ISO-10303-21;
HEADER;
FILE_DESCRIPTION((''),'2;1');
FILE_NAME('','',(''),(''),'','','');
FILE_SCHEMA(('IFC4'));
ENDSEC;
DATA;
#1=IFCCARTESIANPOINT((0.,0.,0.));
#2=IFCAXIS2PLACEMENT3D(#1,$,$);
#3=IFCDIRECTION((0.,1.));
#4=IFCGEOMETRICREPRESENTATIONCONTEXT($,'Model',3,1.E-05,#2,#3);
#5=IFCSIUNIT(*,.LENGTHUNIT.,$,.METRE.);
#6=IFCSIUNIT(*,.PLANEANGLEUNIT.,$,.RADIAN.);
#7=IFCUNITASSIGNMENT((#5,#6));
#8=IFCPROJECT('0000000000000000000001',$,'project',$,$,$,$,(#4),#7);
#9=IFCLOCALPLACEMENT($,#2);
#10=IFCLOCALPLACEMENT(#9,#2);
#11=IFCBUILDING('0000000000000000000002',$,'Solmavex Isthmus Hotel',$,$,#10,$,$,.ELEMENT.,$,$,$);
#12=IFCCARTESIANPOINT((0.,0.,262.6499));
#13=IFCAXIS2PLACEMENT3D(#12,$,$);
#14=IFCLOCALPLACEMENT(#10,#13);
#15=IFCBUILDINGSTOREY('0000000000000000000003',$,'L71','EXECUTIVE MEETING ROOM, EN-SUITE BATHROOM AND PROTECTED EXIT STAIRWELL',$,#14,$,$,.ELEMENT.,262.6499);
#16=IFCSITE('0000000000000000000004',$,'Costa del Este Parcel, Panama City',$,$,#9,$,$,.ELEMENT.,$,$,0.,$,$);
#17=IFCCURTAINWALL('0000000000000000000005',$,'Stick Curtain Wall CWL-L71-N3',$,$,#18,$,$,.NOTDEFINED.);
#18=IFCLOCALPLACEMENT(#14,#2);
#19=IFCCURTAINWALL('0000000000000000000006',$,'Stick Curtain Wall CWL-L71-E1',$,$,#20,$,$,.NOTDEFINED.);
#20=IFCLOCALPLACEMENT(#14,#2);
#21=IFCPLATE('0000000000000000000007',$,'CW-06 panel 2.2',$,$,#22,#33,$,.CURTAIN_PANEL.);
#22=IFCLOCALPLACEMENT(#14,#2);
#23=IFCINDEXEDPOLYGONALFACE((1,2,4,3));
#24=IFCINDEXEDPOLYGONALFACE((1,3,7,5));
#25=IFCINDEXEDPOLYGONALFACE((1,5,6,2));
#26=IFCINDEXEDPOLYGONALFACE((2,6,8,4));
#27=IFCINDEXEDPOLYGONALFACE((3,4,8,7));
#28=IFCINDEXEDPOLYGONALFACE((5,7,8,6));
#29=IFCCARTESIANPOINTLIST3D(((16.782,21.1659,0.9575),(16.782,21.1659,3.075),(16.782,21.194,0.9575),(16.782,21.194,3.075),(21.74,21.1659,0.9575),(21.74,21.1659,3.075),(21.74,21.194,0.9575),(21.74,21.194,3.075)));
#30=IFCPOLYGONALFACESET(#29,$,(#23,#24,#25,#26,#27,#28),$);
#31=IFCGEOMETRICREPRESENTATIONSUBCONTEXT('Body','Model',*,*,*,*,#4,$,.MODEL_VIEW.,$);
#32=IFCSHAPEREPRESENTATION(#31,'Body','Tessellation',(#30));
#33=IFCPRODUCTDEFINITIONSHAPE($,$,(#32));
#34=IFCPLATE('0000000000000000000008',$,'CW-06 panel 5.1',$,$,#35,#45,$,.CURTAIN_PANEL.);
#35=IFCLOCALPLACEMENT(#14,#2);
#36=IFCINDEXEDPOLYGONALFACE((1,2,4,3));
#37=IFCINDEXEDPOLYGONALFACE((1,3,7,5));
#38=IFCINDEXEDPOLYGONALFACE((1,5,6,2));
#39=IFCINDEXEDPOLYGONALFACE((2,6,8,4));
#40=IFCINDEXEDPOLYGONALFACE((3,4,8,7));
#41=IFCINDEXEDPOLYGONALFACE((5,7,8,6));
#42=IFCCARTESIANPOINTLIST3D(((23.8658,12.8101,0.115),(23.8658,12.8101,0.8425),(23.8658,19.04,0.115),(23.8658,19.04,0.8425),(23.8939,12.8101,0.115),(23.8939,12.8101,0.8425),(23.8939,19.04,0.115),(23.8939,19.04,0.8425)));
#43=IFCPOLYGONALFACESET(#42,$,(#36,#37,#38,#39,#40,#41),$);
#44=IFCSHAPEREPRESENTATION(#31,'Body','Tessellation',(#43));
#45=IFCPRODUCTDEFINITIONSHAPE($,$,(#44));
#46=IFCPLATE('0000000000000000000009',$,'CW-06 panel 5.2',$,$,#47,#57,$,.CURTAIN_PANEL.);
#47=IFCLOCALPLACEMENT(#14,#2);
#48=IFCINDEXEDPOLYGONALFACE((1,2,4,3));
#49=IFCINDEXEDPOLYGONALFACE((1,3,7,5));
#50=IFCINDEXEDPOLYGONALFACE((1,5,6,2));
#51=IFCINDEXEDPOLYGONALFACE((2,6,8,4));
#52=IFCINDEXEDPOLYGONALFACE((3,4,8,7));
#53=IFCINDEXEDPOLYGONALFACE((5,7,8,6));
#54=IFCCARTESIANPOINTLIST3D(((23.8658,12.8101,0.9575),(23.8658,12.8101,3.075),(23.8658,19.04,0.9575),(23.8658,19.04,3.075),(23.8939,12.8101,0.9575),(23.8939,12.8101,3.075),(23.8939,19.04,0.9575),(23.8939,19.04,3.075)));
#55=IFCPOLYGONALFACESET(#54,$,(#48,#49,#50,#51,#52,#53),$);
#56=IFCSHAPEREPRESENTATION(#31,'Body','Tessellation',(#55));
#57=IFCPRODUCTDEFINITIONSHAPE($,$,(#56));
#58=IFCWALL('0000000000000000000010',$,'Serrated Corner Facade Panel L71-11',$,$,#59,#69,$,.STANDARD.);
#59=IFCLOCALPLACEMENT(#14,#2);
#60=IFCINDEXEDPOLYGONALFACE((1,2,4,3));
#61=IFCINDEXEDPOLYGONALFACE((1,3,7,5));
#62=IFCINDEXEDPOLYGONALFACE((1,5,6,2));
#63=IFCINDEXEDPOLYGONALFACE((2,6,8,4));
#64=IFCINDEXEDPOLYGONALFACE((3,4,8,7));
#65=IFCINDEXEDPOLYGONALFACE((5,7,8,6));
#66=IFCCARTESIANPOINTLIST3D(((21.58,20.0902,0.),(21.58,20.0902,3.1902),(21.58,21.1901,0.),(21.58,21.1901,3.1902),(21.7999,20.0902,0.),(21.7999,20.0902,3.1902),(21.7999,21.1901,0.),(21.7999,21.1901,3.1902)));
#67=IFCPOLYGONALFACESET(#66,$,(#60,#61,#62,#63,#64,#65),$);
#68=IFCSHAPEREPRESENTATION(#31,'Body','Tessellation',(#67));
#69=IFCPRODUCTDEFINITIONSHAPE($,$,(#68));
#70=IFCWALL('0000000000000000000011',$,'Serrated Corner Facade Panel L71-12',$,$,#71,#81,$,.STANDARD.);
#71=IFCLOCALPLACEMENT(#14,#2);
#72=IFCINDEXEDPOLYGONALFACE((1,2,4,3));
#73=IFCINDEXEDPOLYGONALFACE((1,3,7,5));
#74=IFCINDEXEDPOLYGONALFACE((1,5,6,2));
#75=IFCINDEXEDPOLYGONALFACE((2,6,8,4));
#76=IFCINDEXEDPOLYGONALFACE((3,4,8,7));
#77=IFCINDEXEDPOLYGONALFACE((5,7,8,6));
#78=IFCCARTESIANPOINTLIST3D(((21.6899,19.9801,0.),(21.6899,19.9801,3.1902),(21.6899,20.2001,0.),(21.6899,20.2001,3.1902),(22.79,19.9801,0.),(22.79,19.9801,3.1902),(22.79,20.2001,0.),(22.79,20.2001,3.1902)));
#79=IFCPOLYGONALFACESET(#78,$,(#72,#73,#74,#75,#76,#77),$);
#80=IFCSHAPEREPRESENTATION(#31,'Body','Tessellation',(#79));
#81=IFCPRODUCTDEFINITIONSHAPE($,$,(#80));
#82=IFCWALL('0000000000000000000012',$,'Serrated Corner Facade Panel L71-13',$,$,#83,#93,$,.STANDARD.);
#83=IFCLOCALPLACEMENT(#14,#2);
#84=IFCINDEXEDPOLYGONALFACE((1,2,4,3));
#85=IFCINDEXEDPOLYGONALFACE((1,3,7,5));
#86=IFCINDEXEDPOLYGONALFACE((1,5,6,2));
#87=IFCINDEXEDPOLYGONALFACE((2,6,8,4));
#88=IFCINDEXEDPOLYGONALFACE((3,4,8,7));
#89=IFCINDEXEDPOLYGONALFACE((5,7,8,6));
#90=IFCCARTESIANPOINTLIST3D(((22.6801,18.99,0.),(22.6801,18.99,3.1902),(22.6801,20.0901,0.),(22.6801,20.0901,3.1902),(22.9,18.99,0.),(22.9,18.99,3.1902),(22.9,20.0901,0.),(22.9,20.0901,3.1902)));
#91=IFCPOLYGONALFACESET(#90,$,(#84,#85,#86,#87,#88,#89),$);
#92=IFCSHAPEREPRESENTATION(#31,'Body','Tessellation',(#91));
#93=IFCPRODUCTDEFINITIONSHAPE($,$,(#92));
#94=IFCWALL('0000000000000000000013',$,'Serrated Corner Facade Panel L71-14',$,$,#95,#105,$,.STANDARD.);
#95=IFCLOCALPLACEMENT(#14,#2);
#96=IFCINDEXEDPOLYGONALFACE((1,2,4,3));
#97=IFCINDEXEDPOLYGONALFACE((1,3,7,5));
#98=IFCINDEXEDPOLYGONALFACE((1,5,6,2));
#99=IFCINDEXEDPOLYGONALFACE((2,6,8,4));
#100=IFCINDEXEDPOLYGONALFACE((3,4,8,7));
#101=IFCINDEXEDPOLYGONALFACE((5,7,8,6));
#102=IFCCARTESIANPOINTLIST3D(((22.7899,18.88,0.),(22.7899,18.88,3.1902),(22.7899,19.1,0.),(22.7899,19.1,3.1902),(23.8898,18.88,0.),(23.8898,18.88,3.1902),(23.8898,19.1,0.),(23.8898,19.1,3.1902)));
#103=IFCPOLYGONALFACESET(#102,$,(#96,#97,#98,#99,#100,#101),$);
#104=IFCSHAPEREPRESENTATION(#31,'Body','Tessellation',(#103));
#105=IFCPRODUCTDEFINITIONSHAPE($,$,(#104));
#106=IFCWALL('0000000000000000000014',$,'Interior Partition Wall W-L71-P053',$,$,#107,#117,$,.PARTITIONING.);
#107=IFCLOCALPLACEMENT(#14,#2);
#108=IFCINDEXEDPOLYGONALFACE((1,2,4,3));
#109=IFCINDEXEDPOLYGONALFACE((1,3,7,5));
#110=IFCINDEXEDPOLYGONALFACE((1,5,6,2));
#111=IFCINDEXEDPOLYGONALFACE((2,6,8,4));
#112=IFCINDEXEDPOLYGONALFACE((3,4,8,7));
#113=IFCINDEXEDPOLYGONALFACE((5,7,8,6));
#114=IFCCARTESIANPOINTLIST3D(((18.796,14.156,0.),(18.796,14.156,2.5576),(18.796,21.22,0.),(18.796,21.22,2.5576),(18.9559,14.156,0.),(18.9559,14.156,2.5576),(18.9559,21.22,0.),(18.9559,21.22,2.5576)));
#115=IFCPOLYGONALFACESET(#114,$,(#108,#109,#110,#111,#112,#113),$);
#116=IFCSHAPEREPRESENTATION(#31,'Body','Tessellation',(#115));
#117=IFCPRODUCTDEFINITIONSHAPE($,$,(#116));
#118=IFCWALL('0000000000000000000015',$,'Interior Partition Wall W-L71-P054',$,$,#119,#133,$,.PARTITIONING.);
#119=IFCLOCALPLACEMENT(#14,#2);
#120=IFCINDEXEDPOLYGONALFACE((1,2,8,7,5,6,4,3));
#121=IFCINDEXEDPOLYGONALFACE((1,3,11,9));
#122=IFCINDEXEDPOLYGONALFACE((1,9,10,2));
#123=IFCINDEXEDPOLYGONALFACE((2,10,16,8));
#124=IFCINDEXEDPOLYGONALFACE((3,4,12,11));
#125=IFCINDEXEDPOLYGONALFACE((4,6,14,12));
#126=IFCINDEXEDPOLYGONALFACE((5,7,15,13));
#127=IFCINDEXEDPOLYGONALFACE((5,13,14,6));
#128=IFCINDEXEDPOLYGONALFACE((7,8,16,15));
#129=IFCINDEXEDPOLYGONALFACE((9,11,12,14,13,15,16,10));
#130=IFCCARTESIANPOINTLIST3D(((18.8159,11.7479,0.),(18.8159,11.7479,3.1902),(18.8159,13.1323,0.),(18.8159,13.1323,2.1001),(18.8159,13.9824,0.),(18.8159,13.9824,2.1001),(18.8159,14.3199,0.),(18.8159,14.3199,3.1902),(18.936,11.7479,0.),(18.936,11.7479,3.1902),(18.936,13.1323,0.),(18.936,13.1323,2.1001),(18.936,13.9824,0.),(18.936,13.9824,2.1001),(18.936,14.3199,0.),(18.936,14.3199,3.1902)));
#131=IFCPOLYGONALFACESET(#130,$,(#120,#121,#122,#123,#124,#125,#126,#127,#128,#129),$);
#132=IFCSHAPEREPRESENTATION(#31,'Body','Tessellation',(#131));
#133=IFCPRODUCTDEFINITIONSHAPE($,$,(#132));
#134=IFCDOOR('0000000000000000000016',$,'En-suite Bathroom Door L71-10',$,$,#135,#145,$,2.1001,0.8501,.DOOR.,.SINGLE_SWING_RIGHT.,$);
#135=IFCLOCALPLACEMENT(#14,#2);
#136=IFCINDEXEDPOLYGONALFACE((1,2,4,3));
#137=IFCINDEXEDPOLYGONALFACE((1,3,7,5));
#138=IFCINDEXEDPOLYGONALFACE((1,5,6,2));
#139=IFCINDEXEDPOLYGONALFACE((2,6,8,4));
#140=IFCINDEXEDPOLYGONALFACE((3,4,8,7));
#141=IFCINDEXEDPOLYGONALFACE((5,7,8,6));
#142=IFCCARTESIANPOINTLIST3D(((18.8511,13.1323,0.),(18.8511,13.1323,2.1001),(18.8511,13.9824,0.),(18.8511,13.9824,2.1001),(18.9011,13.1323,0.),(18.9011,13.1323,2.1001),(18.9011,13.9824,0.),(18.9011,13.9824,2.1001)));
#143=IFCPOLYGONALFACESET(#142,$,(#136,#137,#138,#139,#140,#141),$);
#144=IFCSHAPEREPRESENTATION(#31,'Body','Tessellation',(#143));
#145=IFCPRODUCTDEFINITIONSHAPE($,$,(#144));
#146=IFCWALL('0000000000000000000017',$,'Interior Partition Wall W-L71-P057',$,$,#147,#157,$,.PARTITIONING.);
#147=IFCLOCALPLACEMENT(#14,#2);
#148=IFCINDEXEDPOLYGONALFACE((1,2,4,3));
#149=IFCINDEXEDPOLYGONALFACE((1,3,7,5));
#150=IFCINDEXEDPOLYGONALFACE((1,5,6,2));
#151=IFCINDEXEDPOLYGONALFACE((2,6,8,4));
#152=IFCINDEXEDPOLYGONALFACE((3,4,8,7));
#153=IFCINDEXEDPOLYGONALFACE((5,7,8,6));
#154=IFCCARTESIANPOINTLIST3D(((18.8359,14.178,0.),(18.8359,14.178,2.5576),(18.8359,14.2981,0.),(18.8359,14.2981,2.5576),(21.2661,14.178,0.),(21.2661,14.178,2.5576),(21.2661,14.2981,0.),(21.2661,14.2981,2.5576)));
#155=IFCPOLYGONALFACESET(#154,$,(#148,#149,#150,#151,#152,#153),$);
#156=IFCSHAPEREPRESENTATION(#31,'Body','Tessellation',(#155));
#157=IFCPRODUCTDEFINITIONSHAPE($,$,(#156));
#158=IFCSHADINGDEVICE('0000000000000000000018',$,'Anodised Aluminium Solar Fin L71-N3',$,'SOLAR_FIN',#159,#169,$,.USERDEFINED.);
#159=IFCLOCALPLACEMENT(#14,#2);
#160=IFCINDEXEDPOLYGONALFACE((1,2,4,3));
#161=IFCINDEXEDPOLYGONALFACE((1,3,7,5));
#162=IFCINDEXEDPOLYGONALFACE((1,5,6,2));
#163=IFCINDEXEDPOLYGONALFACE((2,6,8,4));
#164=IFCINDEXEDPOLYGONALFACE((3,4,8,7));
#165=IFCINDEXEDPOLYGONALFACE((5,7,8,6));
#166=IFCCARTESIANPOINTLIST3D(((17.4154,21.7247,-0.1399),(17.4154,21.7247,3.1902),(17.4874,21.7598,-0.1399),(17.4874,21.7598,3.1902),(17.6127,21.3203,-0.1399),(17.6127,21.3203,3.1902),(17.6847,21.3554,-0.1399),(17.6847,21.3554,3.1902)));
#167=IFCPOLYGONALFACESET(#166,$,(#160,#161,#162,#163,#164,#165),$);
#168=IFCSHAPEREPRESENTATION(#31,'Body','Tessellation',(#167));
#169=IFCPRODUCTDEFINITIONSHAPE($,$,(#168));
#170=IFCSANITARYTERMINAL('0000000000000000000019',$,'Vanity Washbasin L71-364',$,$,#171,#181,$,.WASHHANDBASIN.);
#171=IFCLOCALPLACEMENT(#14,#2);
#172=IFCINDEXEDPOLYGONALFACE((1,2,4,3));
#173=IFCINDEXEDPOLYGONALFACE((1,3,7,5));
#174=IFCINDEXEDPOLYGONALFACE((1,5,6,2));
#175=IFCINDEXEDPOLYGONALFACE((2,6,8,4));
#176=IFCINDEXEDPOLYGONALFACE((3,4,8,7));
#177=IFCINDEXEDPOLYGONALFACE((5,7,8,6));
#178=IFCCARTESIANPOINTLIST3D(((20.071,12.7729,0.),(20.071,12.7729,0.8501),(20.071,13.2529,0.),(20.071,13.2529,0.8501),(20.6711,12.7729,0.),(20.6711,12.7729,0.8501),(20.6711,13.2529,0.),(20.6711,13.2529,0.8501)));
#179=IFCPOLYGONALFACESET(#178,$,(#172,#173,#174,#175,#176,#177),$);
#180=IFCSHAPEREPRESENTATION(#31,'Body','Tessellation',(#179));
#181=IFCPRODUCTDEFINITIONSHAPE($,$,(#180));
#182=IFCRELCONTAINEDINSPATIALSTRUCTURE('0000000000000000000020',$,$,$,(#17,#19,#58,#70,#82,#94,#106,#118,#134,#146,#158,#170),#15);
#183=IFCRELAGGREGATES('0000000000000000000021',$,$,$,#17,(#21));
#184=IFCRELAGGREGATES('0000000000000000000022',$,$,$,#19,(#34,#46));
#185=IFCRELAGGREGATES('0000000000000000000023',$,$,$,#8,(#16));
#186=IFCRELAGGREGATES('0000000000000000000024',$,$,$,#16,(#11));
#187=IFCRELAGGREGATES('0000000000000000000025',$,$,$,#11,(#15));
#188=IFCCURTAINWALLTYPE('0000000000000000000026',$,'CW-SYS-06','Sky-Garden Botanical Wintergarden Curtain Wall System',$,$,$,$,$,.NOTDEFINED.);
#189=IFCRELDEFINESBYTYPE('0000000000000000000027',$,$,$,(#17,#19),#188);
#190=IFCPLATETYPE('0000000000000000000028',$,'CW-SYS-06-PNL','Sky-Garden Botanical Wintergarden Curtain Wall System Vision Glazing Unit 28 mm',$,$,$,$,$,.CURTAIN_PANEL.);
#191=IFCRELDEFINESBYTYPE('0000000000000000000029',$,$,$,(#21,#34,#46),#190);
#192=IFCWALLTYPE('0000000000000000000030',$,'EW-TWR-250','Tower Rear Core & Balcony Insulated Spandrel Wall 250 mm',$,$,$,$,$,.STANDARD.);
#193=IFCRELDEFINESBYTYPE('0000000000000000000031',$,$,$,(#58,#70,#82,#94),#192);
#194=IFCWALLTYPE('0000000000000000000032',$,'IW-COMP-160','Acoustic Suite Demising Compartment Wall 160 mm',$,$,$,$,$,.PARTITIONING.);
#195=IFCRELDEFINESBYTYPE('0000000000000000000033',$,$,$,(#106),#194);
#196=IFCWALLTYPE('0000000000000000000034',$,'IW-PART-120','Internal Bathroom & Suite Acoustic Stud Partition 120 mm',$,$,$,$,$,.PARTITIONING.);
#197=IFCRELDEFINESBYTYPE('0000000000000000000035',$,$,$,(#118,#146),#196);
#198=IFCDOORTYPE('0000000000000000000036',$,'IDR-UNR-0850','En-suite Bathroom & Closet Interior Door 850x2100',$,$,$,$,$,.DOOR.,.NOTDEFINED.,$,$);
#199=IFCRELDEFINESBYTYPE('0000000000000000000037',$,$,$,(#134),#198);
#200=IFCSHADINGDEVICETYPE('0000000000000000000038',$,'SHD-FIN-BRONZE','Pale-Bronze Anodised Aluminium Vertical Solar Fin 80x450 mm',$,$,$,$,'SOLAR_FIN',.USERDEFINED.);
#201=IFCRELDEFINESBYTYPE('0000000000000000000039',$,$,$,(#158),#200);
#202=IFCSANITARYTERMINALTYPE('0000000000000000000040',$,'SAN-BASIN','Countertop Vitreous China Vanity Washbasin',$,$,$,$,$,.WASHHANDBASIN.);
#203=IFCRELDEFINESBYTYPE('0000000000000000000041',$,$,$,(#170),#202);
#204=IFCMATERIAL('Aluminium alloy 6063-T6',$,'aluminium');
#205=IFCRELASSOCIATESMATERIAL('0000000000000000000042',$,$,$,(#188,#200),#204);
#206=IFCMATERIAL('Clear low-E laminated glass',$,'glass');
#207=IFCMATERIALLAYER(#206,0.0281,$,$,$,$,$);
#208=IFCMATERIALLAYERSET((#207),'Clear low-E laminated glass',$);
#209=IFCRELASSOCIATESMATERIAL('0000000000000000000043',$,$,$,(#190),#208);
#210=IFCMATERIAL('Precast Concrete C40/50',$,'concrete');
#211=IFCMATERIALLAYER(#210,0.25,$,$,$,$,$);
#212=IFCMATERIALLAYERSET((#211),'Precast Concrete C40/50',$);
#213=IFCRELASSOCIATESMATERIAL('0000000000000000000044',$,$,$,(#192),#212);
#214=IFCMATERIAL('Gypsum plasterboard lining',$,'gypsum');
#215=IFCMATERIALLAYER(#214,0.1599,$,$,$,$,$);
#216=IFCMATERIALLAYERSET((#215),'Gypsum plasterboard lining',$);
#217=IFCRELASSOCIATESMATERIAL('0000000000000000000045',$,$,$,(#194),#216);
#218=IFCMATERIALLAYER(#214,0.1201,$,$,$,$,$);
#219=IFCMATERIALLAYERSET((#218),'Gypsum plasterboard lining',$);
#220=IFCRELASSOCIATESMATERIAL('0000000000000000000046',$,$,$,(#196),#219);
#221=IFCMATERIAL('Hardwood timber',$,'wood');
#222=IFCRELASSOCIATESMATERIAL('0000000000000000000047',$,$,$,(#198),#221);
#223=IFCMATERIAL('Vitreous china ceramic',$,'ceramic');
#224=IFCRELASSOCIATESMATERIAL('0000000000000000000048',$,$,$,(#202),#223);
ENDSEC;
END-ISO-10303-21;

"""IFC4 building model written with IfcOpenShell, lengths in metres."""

from ifc_helpers import new_model, si_unit, direction, frame, frame_2d, origin, origin_2d, place, context, subcontext, project, spatial, rectangle, extrude, material, layer, layer_set, type_object, element, fill, aggregate, save


model = new_model("IFC4")

# Units and contexts
model_context = context("Model", 3, precision=1e-05, world=origin(), true_north=direction((0.0, 1.0)))
body_context = subcontext(model_context, "Body", "Model", "MODEL_VIEW")
ifc_project = project(units=[si_unit("LENGTHUNIT", "METRE"), si_unit("PLANEANGLEUNIT", "RADIAN")], contexts=[model_context])

# Site, building, storey
site_placement = place(None, origin())
site = spatial("IfcSite", under=ifc_project, at=site_placement, Name="Costa del Este Parcel, Panama City", CompositionType="ELEMENT", RefElevation=0.0)
building_placement = place(site_placement, origin())
building = spatial("IfcBuilding", under=site, at=building_placement, Name="Solmavex Isthmus Hotel", CompositionType="ELEMENT")
storey_placement = place(building_placement, frame((0.0, 0.0, 262.6499)))
storey = spatial("IfcBuildingStorey", under=building, at=storey_placement, Name="L71", Description="EXECUTIVE MEETING ROOM, EN-SUITE BATHROOM AND PROTECTED EXIT STAIRWELL", CompositionType="ELEMENT", Elevation=262.6499)

# Curtain wall
ifc_material_1 = material(Name="Aluminium alloy 6063-T6", Category="aluminium")
curtain_wall_type = type_object("IfcCurtainWallType", Name="CW-SYS-06", Description="Sky-Garden Botanical Wintergarden Curtain Wall System", PredefinedType="NOTDEFINED", material=ifc_material_1)
curtain_wall_1_placement = place(storey_placement, origin())
curtain_wall_1 = element("IfcCurtainWall", 1, at=curtain_wall_1_placement, inside=storey, type_object=curtain_wall_type, Name="Stick Curtain Wall CWL-L71-N3", PredefinedType="NOTDEFINED")

# Curtain wall
curtain_wall_2_placement = place(storey_placement, origin())
curtain_wall_2 = element("IfcCurtainWall", 2, at=curtain_wall_2_placement, inside=storey, type_object=curtain_wall_type, Name="Stick Curtain Wall CWL-L71-E1", PredefinedType="NOTDEFINED")

# Plates
ifc_material_2 = material(Name="Clear low-E laminated glass", Category="glass")
ifc_layer_1 = layer(ifc_material_2, 0.0281)
ifc_layer_set_1 = layer_set([ifc_layer_1], Name="Clear low-E laminated glass")
plate_type = type_object("IfcPlateType", Name="CW-SYS-06-PNL", Description="Sky-Garden Botanical Wintergarden Curtain Wall System Vision Glazing Unit 28 mm", PredefinedType="CURTAIN_PANEL", material=ifc_layer_set_1)
plate_1_placement = place(storey_placement, frame((19.261, 21.1799, 0.9575), z_axis=(0.0, 0.0, 1.0), x_axis=(1.0, 0.0, 0.0)))
plate_1 = element("IfcPlate", 3, at=plate_1_placement, type_object=plate_type, Name="CW-06 panel 2.2", PredefinedType="CURTAIN_PANEL", context=body_context, shape_type="SweptSolid", body=[
    extrude(rectangle(XDim=4.958, YDim=0.0281, at=origin_2d()), origin(), (0.0, 0.0, 1.0), 2.1174),
])
aggregate(curtain_wall_1, [plate_1])
plate_2_placement = place(storey_placement, frame((23.8799, 15.925, 0.115), z_axis=(0.0, 0.0, 1.0), x_axis=(0.0, 1.0, 0.0)))
plate_2 = element("IfcPlate", 4, at=plate_2_placement, type_object=plate_type, Name="CW-06 panel 5.1", PredefinedType="CURTAIN_PANEL", context=body_context, shape_type="SweptSolid", body=[
    extrude(rectangle(XDim=6.23, YDim=0.0281, at=origin_2d()), origin(), (0.0, 0.0, 1.0), 0.7275),
])
plate_3_placement = place(storey_placement, frame((23.8799, 15.925, 0.9575), z_axis=(0.0, 0.0, 1.0), x_axis=(0.0, 1.0, 0.0)))
plate_3 = element("IfcPlate", 5, at=plate_3_placement, type_object=plate_type, Name="CW-06 panel 5.2", PredefinedType="CURTAIN_PANEL", context=body_context, shape_type="SweptSolid", body=[
    extrude(rectangle(XDim=6.23, YDim=0.0281, at=origin_2d()), origin(), (0.0, 0.0, 1.0), 2.1174),
])
aggregate(curtain_wall_2, [plate_2, plate_3])

# Walls
ifc_material_3 = material(Name="Precast Concrete C40/50", Category="concrete")
ifc_layer_2 = layer(ifc_material_3, 0.25)
ifc_layer_set_2 = layer_set([ifc_layer_2], Name="Precast Concrete C40/50")
wall_type_1 = type_object("IfcWallType", Name="EW-TWR-250", Description="Tower Rear Core & Balcony Insulated Spandrel Wall 250 mm", PredefinedType="STANDARD", material=ifc_layer_set_2)
wall_1_placement = place(storey_placement, frame((21.6899, 21.1899, 0.0), z_axis=(0.0, 0.0, 1.0), x_axis=(0.0, -1.0, 0.0)))
element("IfcWall", 6, at=wall_1_placement, inside=storey, type_object=wall_type_1, Name="Serrated Corner Facade Panel L71-11", PredefinedType="STANDARD", context=body_context, shape_type="SweptSolid", body=[
    extrude(rectangle(XDim=1.0999, YDim=0.22, at=frame_2d((0.5498, 0.0))), origin(), (0.0, 0.0, 1.0), 3.1902),
])
for number, where, z_axis, x_axis, name in (
    (7, (21.6899, 20.0901, 0.0), (0.0, 0.0, 1.0), (1.0, 0.0, 0.0), "Serrated Corner Facade Panel L71-12"),
    (8, (22.79, 20.0901, 0.0), (0.0, 0.0, 1.0), (0.0, -1.0, 0.0), "Serrated Corner Facade Panel L71-13"),
):
    element("IfcWall", number, at=place(storey_placement, frame(where, z_axis=z_axis, x_axis=x_axis)), inside=storey, type_object=wall_type_1, Name=name, PredefinedType="STANDARD", context=body_context, shape_type="SweptSolid", body=[
        extrude(rectangle(XDim=1.1001, YDim=0.22, at=frame_2d((0.55, 0.0))), origin(), (0.0, 0.0, 1.0), 3.1902),
    ])
wall_2_placement = place(storey_placement, frame((22.79, 18.99, 0.0), z_axis=(0.0, 0.0, 1.0), x_axis=(1.0, 0.0, 0.0)))
element("IfcWall", 9, at=wall_2_placement, inside=storey, type_object=wall_type_1, Name="Serrated Corner Facade Panel L71-14", PredefinedType="STANDARD", context=body_context, shape_type="SweptSolid", body=[
    extrude(rectangle(XDim=1.0999, YDim=0.22, at=frame_2d((0.5498, 0.0))), origin(), (0.0, 0.0, 1.0), 3.1902),
])
ifc_material_4 = material(Name="Gypsum plasterboard lining", Category="gypsum")
ifc_layer_3 = layer(ifc_material_4, 0.1599)
ifc_layer_set_3 = layer_set([ifc_layer_3], Name="Gypsum plasterboard lining")
wall_type_2 = type_object("IfcWallType", Name="IW-COMP-160", Description="Acoustic Suite Demising Compartment Wall 160 mm", PredefinedType="PARTITIONING", material=ifc_layer_set_3)
wall_3_placement = place(storey_placement, frame((18.876, 21.22, 0.0), z_axis=(0.0, 0.0, 1.0), x_axis=(0.0, -1.0, 0.0)))
element("IfcWall", 10, at=wall_3_placement, inside=storey, type_object=wall_type_2, Name="Interior Partition Wall W-L71-P053", PredefinedType="PARTITIONING", context=body_context, shape_type="SweptSolid", body=[
    extrude(rectangle(XDim=7.064, YDim=0.1599, at=frame_2d((3.532, 0.0))), origin(), (0.0, 0.0, 1.0), 2.5576),
])

# Wall, opening, door
ifc_layer_4 = layer(ifc_material_4, 0.1201)
ifc_layer_set_4 = layer_set([ifc_layer_4], Name="Gypsum plasterboard lining")
wall_type_3 = type_object("IfcWallType", Name="IW-PART-120", Description="Internal Bathroom & Suite Acoustic Stud Partition 120 mm", PredefinedType="PARTITIONING", material=ifc_layer_set_4)
wall_4_placement = place(storey_placement, frame((18.876, 14.3201, 0.0), z_axis=(0.0, 0.0, 1.0), x_axis=(0.0, -1.0, 0.0)))
wall_4 = element("IfcWall", 11, at=wall_4_placement, inside=storey, type_object=wall_type_3, Name="Interior Partition Wall W-L71-P054", PredefinedType="PARTITIONING", context=body_context, shape_type="SweptSolid", body=[
    extrude(rectangle(XDim=2.572, YDim=0.1201, at=frame_2d((1.2861, 0.0))), origin(), (0.0, 0.0, 1.0), 3.1902),
])
opening_placement = place(wall_4_placement, frame((0.3376, 0.0, 0.0)))
opening = element("IfcOpeningElement", 12, at=opening_placement, cuts=wall_4, PredefinedType="OPENING", context=body_context, shape_type="SweptSolid", body=[
    extrude(rectangle(XDim=0.8501, YDim=2.1001, at=frame_2d((0.425, 1.05))), frame((0.0, 0.0701, 0.0), z_axis=(0.0, -1.0, 0.0), x_axis=(1.0, 0.0, 0.0)), (0.0, 0.0, 1.0), 0.1401),
])
ifc_material_5 = material(Name="Hardwood timber", Category="wood")
door_type = type_object("IfcDoorType", Name="IDR-UNR-0850", Description="En-suite Bathroom & Closet Interior Door 850x2100", OperationType="NOTDEFINED", PredefinedType="DOOR", material=ifc_material_5)
door_placement = place(opening_placement, frame((0.8501, 0.0, 0.0), z_axis=(0.0, 0.0, 1.0), x_axis=(-1.0, 0.0, 0.0)))
door = element("IfcDoor", 13, at=door_placement, inside=storey, type_object=door_type, Name="En-suite Bathroom Door L71-10", OperationType="SINGLE_SWING_RIGHT", OverallHeight=2.1001, OverallWidth=0.8501, PredefinedType="DOOR", context=body_context, shape_type="SweptSolid", body=[
    extrude(rectangle(XDim=0.8501, YDim=2.1001, at=frame_2d((0.425, 1.05))), frame((0.0, 0.0249, 0.0), z_axis=(0.0, -1.0, 0.0), x_axis=(1.0, 0.0, 0.0)), (0.0, 0.0, 1.0), 0.05),
])
fill(opening, door)

# Wall
wall_5_placement = place(storey_placement, frame((21.2661, 14.238, 0.0), z_axis=(0.0, 0.0, 1.0), x_axis=(-1.0, 0.0, 0.0)))
element("IfcWall", 14, at=wall_5_placement, inside=storey, type_object=wall_type_3, Name="Interior Partition Wall W-L71-P057", PredefinedType="PARTITIONING", context=body_context, shape_type="SweptSolid", body=[
    extrude(rectangle(XDim=2.4302, YDim=0.1201, at=frame_2d((1.2151, 0.0))), origin(), (0.0, 0.0, 1.0), 2.5576),
])

# Shading device
shading_device_type = type_object("IfcShadingDeviceType", Name="SHD-FIN-BRONZE", Description="Pale-Bronze Anodised Aluminium Vertical Solar Fin 80x450 mm", ElementType="SOLAR_FIN", PredefinedType="USERDEFINED", material=ifc_material_1)
shading_device_placement = place(storey_placement, frame((17.55, 21.54, -0.1399), z_axis=(0.0, 0.0, 1.0), x_axis=(-0.438371, 0.898794, 0.0)))
element("IfcShadingDevice", 15, at=shading_device_placement, inside=storey, type_object=shading_device_type, Name="Anodised Aluminium Solar Fin L71-N3", ObjectType="SOLAR_FIN", PredefinedType="USERDEFINED", context=body_context, shape_type="SweptSolid", body=[
    extrude(rectangle(XDim=0.45, YDim=0.0801, at=origin_2d()), origin(), (0.0, 0.0, 1.0), 3.3301),
])

# Sanitary terminal
ifc_material_6 = material(Name="Vitreous china ceramic", Category="ceramic")
sanitary_terminal_type_1 = type_object("IfcSanitaryTerminalType", Name="SAN-BASIN", Description="Countertop Vitreous China Vanity Washbasin", PredefinedType="WASHHANDBASIN", material=ifc_material_6)
sanitary_terminal_1_placement = place(storey_placement, frame((20.3711, 13.0129, 0.0), z_axis=(0.0, 0.0, 1.0), x_axis=(1.0, 0.0, 0.0)))
element("IfcSanitaryTerminal", 16, at=sanitary_terminal_1_placement, inside=storey, type_object=sanitary_terminal_type_1, Name="Vanity Washbasin L71-364", PredefinedType="WASHHANDBASIN", context=body_context, shape_type="SweptSolid", body=[
    extrude(rectangle(XDim=0.6001, YDim=0.48, at=origin_2d()), origin(), (0.0, 0.0, 1.0), 0.8501),
])

save(model, "model.ifc")
